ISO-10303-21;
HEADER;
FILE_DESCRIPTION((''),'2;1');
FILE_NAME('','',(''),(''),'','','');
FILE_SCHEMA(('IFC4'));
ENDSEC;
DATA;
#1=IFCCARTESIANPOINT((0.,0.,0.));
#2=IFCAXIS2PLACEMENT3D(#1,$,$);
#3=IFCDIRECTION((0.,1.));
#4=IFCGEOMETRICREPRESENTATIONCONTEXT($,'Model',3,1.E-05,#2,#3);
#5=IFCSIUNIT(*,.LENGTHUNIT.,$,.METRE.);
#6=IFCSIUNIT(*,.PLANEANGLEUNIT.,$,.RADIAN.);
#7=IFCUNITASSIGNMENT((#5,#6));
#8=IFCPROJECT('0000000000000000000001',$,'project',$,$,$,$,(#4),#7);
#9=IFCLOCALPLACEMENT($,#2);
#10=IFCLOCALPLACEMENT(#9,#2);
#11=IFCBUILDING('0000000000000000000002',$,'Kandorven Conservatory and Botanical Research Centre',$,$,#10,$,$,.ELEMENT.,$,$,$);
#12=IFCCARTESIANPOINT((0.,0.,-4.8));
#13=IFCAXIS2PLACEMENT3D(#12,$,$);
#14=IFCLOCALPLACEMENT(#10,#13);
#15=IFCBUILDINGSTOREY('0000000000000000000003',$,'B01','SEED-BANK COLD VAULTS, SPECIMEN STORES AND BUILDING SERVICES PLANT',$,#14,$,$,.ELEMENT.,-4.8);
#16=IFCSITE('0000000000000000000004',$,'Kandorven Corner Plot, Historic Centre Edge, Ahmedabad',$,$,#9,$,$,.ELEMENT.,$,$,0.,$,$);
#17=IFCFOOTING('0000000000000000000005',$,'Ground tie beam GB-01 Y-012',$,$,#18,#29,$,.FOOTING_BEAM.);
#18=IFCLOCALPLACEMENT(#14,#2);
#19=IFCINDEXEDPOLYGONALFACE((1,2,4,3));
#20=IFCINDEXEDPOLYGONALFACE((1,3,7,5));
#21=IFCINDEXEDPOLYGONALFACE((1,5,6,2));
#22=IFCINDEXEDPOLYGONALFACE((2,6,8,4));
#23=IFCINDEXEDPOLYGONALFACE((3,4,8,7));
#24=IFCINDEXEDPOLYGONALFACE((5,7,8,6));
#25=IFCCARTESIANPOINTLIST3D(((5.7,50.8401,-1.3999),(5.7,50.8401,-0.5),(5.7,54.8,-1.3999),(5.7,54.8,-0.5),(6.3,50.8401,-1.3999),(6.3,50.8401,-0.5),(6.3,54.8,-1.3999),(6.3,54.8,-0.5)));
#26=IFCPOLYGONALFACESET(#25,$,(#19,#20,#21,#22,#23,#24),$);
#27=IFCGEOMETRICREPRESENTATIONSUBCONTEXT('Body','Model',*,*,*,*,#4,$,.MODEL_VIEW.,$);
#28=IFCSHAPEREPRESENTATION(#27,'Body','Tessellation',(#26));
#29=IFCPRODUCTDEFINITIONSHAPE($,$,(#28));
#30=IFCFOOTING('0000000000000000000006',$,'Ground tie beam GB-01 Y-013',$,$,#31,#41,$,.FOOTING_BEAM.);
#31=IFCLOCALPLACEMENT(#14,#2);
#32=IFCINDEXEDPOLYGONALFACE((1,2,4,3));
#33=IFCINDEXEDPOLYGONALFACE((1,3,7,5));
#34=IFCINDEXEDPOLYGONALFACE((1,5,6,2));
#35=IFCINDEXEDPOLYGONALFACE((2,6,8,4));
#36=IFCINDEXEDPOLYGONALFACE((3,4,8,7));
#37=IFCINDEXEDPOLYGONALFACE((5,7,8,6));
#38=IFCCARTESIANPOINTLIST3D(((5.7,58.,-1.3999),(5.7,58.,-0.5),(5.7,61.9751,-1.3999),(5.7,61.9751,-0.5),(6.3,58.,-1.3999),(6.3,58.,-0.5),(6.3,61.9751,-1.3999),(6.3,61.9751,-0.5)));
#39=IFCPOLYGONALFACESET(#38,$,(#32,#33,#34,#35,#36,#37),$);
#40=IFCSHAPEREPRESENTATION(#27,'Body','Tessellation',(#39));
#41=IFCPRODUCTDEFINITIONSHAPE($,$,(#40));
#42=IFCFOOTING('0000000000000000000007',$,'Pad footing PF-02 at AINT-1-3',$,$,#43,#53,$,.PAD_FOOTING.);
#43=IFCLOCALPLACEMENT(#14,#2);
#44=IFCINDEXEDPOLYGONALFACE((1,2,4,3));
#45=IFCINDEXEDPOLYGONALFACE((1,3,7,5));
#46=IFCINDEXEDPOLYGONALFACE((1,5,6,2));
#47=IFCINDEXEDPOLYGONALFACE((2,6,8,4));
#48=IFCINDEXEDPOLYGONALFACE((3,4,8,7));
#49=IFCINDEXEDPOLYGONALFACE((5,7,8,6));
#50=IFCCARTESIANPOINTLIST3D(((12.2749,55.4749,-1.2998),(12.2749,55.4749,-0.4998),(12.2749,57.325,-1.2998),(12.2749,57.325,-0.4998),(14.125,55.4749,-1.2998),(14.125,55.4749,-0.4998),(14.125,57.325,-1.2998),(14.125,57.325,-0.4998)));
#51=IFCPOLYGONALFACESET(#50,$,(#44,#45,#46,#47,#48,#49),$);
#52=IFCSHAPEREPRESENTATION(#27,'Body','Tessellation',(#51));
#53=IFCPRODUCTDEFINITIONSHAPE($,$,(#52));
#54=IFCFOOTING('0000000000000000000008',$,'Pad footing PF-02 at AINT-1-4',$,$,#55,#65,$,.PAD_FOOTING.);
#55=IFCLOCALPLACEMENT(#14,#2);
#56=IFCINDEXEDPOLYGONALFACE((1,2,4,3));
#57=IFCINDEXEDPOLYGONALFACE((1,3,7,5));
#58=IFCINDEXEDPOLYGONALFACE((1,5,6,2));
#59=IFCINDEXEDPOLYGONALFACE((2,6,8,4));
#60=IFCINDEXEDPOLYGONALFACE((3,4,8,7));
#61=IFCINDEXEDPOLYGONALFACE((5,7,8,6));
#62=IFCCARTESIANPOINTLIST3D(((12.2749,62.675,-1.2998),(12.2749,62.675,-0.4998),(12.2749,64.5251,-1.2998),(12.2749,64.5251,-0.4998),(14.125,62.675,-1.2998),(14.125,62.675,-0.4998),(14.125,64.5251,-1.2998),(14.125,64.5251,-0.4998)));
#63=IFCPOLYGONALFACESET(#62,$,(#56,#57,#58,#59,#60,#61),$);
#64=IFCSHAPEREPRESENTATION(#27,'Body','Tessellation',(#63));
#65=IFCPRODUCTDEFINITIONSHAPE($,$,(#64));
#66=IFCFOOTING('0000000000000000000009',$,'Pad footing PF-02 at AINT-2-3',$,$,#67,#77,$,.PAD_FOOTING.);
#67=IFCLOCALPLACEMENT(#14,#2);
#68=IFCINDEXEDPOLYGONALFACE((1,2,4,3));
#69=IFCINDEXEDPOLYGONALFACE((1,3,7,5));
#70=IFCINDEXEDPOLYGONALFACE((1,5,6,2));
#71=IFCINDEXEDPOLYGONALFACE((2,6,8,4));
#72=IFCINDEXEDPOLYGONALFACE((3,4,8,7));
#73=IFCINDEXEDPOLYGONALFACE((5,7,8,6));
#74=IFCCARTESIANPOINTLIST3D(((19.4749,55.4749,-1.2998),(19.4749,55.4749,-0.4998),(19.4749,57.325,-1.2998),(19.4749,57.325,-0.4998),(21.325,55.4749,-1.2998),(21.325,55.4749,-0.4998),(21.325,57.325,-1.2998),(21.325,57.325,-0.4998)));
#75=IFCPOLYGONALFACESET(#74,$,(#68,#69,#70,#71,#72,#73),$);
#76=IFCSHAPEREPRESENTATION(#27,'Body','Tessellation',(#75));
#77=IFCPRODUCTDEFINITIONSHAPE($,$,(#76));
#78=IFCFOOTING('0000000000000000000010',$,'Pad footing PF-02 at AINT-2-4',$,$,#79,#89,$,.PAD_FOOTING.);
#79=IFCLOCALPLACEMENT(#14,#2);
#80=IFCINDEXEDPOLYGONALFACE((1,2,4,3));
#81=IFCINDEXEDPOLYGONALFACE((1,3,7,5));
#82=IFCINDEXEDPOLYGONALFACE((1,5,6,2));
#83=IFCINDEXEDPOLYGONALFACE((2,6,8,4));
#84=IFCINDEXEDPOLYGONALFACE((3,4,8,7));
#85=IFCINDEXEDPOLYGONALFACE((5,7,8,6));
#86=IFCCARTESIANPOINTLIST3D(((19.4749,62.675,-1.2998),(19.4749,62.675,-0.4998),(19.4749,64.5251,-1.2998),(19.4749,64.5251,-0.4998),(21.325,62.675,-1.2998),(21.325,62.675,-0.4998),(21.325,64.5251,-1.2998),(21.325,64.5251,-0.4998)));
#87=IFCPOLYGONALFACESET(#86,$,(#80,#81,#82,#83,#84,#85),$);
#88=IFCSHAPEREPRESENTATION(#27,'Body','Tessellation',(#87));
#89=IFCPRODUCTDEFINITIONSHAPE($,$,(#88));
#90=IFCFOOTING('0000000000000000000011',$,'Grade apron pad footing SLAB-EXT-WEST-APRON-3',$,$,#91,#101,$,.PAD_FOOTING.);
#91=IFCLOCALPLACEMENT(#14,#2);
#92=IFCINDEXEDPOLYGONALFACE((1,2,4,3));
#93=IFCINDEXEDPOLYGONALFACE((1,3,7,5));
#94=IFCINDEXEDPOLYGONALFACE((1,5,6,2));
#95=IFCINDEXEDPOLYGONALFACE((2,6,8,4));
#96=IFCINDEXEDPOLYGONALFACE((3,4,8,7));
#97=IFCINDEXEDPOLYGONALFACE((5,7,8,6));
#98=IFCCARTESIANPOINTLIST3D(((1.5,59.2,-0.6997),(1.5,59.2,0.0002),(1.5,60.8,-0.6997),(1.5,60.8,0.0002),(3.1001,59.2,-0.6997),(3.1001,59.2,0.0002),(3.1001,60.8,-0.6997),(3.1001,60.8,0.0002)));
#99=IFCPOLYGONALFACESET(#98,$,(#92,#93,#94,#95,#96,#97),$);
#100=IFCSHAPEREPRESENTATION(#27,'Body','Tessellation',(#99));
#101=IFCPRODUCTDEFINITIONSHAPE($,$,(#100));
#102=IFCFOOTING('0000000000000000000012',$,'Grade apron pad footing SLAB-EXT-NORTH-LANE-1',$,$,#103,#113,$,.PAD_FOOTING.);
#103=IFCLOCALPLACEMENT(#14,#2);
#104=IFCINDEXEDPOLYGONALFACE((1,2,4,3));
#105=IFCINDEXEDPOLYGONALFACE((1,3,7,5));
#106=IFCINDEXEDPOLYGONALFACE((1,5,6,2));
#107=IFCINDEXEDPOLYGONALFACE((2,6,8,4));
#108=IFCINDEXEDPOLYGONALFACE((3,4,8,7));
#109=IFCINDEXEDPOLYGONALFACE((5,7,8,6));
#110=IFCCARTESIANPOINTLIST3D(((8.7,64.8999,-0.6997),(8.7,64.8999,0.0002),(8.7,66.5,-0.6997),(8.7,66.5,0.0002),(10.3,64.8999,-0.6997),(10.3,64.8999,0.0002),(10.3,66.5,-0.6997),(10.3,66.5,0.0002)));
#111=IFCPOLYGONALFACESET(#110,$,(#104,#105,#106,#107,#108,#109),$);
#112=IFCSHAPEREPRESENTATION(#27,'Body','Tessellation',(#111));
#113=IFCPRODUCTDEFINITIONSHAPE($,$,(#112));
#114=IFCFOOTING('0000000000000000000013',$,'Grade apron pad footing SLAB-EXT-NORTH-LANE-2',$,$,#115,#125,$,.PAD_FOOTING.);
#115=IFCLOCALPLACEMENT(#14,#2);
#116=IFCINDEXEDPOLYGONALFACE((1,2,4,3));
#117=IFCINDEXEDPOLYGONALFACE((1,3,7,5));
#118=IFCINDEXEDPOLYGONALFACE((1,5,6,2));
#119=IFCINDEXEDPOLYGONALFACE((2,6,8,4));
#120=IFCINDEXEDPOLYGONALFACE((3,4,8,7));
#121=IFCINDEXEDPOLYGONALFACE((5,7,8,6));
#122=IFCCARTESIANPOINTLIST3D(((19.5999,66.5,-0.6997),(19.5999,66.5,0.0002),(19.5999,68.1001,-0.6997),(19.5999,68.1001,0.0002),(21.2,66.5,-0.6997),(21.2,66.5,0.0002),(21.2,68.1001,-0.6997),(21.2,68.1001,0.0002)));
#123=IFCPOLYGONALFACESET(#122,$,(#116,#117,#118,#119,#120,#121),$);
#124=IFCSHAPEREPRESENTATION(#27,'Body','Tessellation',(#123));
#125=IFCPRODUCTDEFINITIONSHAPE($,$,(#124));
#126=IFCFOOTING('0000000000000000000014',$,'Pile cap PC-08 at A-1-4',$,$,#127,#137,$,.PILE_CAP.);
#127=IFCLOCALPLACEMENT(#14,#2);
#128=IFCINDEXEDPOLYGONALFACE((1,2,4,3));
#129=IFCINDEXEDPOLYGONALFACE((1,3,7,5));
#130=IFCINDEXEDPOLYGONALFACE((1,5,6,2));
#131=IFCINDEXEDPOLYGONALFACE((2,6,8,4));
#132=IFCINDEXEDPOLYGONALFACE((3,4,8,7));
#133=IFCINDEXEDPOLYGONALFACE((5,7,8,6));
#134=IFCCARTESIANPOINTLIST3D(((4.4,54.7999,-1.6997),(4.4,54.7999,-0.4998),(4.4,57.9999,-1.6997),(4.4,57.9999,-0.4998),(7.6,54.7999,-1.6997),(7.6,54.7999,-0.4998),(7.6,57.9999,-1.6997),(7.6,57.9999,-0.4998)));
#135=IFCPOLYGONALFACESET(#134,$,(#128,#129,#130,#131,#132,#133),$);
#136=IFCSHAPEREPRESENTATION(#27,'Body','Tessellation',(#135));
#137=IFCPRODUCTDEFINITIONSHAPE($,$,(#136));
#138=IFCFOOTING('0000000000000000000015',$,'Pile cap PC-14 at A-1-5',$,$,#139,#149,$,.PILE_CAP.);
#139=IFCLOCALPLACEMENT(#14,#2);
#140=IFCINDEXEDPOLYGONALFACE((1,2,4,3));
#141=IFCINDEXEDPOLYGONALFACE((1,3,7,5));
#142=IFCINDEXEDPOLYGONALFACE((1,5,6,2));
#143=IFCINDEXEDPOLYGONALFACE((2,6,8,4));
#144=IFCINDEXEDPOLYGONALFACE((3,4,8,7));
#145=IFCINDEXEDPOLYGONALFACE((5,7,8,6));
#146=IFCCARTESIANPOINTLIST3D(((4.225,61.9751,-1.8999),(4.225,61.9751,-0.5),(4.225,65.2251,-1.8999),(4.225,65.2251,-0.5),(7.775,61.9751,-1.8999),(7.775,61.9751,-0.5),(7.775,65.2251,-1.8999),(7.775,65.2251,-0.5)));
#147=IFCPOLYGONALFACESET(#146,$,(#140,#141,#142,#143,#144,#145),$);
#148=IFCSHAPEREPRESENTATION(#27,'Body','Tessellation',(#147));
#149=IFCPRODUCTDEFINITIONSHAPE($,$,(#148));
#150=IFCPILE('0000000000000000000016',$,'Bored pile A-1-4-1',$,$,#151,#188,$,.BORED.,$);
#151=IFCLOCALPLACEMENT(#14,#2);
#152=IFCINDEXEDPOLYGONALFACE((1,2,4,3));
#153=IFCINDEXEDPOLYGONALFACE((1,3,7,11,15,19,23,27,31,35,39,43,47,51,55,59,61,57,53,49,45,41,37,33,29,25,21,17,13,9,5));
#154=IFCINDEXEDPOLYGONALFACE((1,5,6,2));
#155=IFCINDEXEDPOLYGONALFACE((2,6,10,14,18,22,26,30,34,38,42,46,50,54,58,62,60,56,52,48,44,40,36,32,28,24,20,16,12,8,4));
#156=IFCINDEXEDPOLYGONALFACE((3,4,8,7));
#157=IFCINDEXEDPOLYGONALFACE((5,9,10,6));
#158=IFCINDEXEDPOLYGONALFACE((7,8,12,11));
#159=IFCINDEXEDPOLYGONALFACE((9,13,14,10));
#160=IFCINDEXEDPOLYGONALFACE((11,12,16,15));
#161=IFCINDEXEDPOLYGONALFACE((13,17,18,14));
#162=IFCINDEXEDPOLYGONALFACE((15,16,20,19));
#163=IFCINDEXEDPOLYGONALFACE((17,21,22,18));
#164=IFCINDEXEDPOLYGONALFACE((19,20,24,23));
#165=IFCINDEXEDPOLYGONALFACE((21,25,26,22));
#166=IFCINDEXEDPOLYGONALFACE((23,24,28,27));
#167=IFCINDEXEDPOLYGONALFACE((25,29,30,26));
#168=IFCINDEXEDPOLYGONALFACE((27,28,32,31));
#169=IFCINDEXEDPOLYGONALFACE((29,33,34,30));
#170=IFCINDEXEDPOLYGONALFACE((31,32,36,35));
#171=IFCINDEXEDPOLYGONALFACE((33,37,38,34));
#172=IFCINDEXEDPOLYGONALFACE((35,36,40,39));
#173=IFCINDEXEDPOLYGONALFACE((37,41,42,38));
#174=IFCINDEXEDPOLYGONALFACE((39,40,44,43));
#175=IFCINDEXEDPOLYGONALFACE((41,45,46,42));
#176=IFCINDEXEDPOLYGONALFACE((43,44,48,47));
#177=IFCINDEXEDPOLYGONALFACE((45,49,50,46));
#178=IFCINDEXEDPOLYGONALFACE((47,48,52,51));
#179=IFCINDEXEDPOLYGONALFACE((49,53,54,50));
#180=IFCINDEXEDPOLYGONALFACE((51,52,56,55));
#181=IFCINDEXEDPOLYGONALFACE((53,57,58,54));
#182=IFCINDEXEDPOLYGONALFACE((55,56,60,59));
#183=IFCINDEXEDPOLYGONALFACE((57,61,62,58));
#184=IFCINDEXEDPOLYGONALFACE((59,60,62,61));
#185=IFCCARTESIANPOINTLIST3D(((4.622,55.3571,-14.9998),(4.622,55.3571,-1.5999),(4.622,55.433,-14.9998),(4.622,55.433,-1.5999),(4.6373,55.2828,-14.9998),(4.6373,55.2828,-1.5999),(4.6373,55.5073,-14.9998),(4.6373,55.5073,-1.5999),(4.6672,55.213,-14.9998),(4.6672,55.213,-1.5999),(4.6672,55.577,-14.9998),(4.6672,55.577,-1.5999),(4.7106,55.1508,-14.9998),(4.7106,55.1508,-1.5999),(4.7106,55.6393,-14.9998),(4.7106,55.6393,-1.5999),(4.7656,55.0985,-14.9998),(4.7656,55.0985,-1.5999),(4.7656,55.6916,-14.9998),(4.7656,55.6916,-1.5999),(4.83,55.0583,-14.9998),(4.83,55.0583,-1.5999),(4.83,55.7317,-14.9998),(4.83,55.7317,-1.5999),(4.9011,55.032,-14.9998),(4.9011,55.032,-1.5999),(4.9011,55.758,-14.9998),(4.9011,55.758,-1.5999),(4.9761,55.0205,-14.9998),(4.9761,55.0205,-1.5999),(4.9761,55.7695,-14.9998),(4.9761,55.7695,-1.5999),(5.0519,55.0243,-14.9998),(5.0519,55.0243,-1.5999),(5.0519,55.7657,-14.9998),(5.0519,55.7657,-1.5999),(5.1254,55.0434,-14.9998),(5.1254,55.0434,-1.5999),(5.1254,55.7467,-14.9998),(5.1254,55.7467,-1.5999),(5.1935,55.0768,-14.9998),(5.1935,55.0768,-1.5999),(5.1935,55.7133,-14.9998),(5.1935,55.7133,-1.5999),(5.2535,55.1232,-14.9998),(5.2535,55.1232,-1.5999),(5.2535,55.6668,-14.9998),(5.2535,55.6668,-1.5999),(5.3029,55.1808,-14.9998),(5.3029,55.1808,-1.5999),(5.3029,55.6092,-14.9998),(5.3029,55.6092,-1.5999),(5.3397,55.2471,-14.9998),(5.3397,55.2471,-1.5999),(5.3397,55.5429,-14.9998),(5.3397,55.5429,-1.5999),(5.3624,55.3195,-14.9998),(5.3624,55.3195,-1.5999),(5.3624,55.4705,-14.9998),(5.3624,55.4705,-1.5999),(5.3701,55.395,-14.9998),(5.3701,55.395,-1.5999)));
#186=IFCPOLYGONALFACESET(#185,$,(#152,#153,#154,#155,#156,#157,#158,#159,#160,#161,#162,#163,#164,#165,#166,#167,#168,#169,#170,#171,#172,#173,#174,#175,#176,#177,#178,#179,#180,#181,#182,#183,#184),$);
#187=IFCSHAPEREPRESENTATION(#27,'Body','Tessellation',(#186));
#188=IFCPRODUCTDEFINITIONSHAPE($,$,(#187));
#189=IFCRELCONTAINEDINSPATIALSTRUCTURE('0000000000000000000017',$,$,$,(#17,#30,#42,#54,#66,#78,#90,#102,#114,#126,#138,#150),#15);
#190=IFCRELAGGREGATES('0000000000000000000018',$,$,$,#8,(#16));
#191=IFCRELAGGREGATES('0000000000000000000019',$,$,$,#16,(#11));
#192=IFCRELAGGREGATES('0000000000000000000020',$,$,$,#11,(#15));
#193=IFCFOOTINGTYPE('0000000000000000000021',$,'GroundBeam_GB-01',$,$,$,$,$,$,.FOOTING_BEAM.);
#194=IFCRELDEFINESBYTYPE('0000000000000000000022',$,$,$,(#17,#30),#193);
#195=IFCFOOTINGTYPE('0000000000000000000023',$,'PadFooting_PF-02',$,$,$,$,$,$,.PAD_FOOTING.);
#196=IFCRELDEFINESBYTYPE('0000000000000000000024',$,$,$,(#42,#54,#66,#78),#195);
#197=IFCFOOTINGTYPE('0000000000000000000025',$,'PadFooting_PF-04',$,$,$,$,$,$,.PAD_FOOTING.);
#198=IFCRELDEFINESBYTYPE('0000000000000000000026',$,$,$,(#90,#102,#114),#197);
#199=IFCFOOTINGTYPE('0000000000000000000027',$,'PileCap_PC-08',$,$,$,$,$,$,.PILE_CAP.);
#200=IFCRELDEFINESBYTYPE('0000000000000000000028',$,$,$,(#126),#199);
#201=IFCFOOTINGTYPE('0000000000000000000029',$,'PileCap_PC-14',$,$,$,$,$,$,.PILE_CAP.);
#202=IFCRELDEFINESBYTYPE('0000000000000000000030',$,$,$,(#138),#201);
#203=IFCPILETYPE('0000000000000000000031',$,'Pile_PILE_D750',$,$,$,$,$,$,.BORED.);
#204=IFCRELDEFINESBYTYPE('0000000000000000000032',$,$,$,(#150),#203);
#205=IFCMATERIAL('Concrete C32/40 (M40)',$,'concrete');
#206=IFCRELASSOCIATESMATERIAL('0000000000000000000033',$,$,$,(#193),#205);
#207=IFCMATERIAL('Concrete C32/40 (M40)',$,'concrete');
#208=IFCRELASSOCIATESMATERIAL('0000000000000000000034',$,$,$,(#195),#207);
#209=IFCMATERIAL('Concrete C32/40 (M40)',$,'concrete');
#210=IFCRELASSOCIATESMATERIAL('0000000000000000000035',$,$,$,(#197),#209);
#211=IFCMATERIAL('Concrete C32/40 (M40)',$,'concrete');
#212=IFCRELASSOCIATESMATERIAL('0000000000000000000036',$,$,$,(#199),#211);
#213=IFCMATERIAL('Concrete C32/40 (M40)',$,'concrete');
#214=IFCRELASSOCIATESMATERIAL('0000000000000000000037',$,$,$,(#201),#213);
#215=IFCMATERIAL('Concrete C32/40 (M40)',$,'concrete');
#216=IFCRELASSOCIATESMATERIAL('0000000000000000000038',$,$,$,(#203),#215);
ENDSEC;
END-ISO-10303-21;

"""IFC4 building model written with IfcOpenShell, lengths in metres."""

from ifc_helpers import new_model, si_unit, direction, frame, origin, origin_2d, place, context, subcontext, project, spatial, rectangle, circle, extrude, material, material_profile, profile_set, type_object, element, save


model = new_model("IFC4")

# Units and contexts
model_context = context("Model", 3, precision=1e-05, world=origin(), true_north=direction((0.0, 1.0)))
body_context = subcontext(model_context, "Body", "Model", "MODEL_VIEW")
ifc_project = project(units=[si_unit("LENGTHUNIT", "METRE"), si_unit("PLANEANGLEUNIT", "RADIAN")], contexts=[model_context])

# Site, building, storey
site_placement = place(None, origin())
site = spatial("IfcSite", under=ifc_project, at=site_placement, Name="Kandorven Corner Plot, Historic Centre Edge, Ahmedabad", CompositionType="ELEMENT", RefElevation=0.0)
building_placement = place(site_placement, origin())
building = spatial("IfcBuilding", under=site, at=building_placement, Name="Kandorven Conservatory and Botanical Research Centre", CompositionType="ELEMENT")
storey_placement = place(building_placement, frame((0.0, 0.0, -4.8)))
storey = spatial("IfcBuildingStorey", under=building, at=storey_placement, Name="B01", Description="SEED-BANK COLD VAULTS, SPECIMEN STORES AND BUILDING SERVICES PLANT", CompositionType="ELEMENT", Elevation=-4.8)

# Footings
ifc_material_1 = material(Name="Concrete C32/40 (M40)", Category="concrete")
ifc_material_profile_1 = material_profile(ifc_material_1, rectangle(XDim=0.6001, YDim=0.8999, at=origin_2d()))
ifc_profile_set_1 = profile_set([ifc_material_profile_1], Name="Concrete C32/40 (M40)")
footing_type_1 = type_object("IfcFootingType", Name="GroundBeam_GB-01", PredefinedType="FOOTING_BEAM", material=ifc_profile_set_1)
footing_1_placement = place(storey_placement, frame((6.0, 50.8401, -0.95), z_axis=(0.0, 1.0, 0.0), x_axis=(-1.0, 0.0, 0.0)))
element("IfcFooting", 1, at=footing_1_placement, inside=storey, type_object=footing_type_1, Name="Ground tie beam GB-01 Y-012", PredefinedType="FOOTING_BEAM", context=body_context, shape_type="SweptSolid", body=[
    extrude(rectangle(XDim=0.6001, YDim=0.8999, at=origin_2d()), origin(), (0.0, 0.0, 1.0), 3.96),
])
footing_2_placement = place(storey_placement, frame((6.0, 58.0, -0.95), z_axis=(0.0, 1.0, 0.0), x_axis=(-1.0, 0.0, 0.0)))
element("IfcFooting", 2, at=footing_2_placement, inside=storey, type_object=footing_type_1, Name="Ground tie beam GB-01 Y-013", PredefinedType="FOOTING_BEAM", context=body_context, shape_type="SweptSolid", body=[
    extrude(rectangle(XDim=0.6001, YDim=0.8999, at=origin_2d()), origin(), (0.0, 0.0, 1.0), 3.9751),
])
ifc_material_2 = material(Name="Concrete C32/40 (M40)", Category="concrete")
footing_type_2 = type_object("IfcFootingType", Name="PadFooting_PF-02", PredefinedType="PAD_FOOTING", material=ifc_material_2)
for number, where, z_axis, x_axis, name in (
    (3, (13.2, 56.3999, -1.2998), (0.0, 0.0, 1.0), (1.0, 0.0, 0.0), "Pad footing PF-02 at AINT-1-3"),
    (4, (13.2, 63.6001, -1.2998), (0.0, 0.0, 1.0), (1.0, 0.0, 0.0), "Pad footing PF-02 at AINT-1-4"),
    (5, (20.3999, 56.3999, -1.2998), (0.0, 0.0, 1.0), (1.0, 0.0, 0.0), "Pad footing PF-02 at AINT-2-3"),
    (6, (20.3999, 63.6001, -1.2998), (0.0, 0.0, 1.0), (1.0, 0.0, 0.0), "Pad footing PF-02 at AINT-2-4"),
):
    element("IfcFooting", number, at=place(storey_placement, frame(where, z_axis=z_axis, x_axis=x_axis)), inside=storey, type_object=footing_type_2, Name=name, PredefinedType="PAD_FOOTING", context=body_context, shape_type="SweptSolid", body=[
        extrude(rectangle(XDim=1.8501, YDim=1.8501, at=origin_2d()), origin(), (0.0, 0.0, 1.0), 0.8),
    ])
ifc_material_3 = material(Name="Concrete C32/40 (M40)", Category="concrete")
footing_type_3 = type_object("IfcFootingType", Name="PadFooting_PF-04", PredefinedType="PAD_FOOTING", material=ifc_material_3)
for number, where, z_axis, x_axis, name in (
    (7, (2.3, 60.0, -0.6997), (0.0, 0.0, 1.0), (1.0, 0.0, 0.0), "Grade apron pad footing SLAB-EXT-WEST-APRON-3"),
    (8, (9.5, 65.7, -0.6997), (0.0, 0.0, 1.0), (1.0, 0.0, 0.0), "Grade apron pad footing SLAB-EXT-NORTH-LANE-1"),
    (9, (20.3999, 67.3, -0.6997), (0.0, 0.0, 1.0), (1.0, 0.0, 0.0), "Grade apron pad footing SLAB-EXT-NORTH-LANE-2"),
):
    element("IfcFooting", number, at=place(storey_placement, frame(where, z_axis=z_axis, x_axis=x_axis)), inside=storey, type_object=footing_type_3, Name=name, PredefinedType="PAD_FOOTING", context=body_context, shape_type="SweptSolid", body=[
        extrude(rectangle(XDim=1.6001, YDim=1.6001, at=origin_2d()), origin(), (0.0, 0.0, 1.0), 0.7),
    ])
ifc_material_4 = material(Name="Concrete C32/40 (M40)", Category="concrete")
footing_type_4 = type_object("IfcFootingType", Name="PileCap_PC-08", PredefinedType="PILE_CAP", material=ifc_material_4)
footing_3_placement = place(storey_placement, frame((6.0, 56.3999, -1.6997), z_axis=(0.0, 0.0, 1.0), x_axis=(1.0, 0.0, 0.0)))
element("IfcFooting", 10, at=footing_3_placement, inside=storey, type_object=footing_type_4, Name="Pile cap PC-08 at A-1-4", PredefinedType="PILE_CAP", context=body_context, shape_type="SweptSolid", body=[
    extrude(rectangle(XDim=3.2, YDim=3.2, at=origin_2d()), origin(), (0.0, 0.0, 1.0), 1.2),
])
ifc_material_5 = material(Name="Concrete C32/40 (M40)", Category="concrete")
footing_type_5 = type_object("IfcFootingType", Name="PileCap_PC-14", PredefinedType="PILE_CAP", material=ifc_material_5)
footing_4_placement = place(storey_placement, frame((6.0, 63.6001, -1.8999), z_axis=(0.0, 0.0, 1.0), x_axis=(1.0, 0.0, 0.0)))
element("IfcFooting", 11, at=footing_4_placement, inside=storey, type_object=footing_type_5, Name="Pile cap PC-14 at A-1-5", PredefinedType="PILE_CAP", context=body_context, shape_type="SweptSolid", body=[
    extrude(rectangle(XDim=3.55, YDim=3.25, at=origin_2d()), origin(), (0.0, 0.0, 1.0), 1.3999),
])

# Pile
ifc_material_6 = material(Name="Concrete C32/40 (M40)", Category="concrete")
ifc_material_profile_2 = material_profile(ifc_material_6, circle(Radius=0.375, at=origin_2d()))
ifc_profile_set_2 = profile_set([ifc_material_profile_2], Name="Concrete C32/40 (M40)")
pile_type = type_object("IfcPileType", Name="Pile_PILE_D750", PredefinedType="BORED", material=ifc_profile_set_2)
for number, where, z_axis, x_axis, name in (
    (12, (4.9951, 55.395, -1.5999), (0.0, 0.0, -1.0), (1.0, 0.0, 0.0), "Bored pile A-1-4-1"),
):
    element("IfcPile", number, at=place(storey_placement, frame(where, z_axis=z_axis, x_axis=x_axis)), inside=storey, type_object=pile_type, Name=name, PredefinedType="BORED", context=body_context, shape_type="SweptSolid", body=[
        extrude(circle(Radius=0.375, at=origin_2d()), origin(), (0.0, 0.0, 1.0), 13.3999),
    ])

save(model, "model.ifc")
